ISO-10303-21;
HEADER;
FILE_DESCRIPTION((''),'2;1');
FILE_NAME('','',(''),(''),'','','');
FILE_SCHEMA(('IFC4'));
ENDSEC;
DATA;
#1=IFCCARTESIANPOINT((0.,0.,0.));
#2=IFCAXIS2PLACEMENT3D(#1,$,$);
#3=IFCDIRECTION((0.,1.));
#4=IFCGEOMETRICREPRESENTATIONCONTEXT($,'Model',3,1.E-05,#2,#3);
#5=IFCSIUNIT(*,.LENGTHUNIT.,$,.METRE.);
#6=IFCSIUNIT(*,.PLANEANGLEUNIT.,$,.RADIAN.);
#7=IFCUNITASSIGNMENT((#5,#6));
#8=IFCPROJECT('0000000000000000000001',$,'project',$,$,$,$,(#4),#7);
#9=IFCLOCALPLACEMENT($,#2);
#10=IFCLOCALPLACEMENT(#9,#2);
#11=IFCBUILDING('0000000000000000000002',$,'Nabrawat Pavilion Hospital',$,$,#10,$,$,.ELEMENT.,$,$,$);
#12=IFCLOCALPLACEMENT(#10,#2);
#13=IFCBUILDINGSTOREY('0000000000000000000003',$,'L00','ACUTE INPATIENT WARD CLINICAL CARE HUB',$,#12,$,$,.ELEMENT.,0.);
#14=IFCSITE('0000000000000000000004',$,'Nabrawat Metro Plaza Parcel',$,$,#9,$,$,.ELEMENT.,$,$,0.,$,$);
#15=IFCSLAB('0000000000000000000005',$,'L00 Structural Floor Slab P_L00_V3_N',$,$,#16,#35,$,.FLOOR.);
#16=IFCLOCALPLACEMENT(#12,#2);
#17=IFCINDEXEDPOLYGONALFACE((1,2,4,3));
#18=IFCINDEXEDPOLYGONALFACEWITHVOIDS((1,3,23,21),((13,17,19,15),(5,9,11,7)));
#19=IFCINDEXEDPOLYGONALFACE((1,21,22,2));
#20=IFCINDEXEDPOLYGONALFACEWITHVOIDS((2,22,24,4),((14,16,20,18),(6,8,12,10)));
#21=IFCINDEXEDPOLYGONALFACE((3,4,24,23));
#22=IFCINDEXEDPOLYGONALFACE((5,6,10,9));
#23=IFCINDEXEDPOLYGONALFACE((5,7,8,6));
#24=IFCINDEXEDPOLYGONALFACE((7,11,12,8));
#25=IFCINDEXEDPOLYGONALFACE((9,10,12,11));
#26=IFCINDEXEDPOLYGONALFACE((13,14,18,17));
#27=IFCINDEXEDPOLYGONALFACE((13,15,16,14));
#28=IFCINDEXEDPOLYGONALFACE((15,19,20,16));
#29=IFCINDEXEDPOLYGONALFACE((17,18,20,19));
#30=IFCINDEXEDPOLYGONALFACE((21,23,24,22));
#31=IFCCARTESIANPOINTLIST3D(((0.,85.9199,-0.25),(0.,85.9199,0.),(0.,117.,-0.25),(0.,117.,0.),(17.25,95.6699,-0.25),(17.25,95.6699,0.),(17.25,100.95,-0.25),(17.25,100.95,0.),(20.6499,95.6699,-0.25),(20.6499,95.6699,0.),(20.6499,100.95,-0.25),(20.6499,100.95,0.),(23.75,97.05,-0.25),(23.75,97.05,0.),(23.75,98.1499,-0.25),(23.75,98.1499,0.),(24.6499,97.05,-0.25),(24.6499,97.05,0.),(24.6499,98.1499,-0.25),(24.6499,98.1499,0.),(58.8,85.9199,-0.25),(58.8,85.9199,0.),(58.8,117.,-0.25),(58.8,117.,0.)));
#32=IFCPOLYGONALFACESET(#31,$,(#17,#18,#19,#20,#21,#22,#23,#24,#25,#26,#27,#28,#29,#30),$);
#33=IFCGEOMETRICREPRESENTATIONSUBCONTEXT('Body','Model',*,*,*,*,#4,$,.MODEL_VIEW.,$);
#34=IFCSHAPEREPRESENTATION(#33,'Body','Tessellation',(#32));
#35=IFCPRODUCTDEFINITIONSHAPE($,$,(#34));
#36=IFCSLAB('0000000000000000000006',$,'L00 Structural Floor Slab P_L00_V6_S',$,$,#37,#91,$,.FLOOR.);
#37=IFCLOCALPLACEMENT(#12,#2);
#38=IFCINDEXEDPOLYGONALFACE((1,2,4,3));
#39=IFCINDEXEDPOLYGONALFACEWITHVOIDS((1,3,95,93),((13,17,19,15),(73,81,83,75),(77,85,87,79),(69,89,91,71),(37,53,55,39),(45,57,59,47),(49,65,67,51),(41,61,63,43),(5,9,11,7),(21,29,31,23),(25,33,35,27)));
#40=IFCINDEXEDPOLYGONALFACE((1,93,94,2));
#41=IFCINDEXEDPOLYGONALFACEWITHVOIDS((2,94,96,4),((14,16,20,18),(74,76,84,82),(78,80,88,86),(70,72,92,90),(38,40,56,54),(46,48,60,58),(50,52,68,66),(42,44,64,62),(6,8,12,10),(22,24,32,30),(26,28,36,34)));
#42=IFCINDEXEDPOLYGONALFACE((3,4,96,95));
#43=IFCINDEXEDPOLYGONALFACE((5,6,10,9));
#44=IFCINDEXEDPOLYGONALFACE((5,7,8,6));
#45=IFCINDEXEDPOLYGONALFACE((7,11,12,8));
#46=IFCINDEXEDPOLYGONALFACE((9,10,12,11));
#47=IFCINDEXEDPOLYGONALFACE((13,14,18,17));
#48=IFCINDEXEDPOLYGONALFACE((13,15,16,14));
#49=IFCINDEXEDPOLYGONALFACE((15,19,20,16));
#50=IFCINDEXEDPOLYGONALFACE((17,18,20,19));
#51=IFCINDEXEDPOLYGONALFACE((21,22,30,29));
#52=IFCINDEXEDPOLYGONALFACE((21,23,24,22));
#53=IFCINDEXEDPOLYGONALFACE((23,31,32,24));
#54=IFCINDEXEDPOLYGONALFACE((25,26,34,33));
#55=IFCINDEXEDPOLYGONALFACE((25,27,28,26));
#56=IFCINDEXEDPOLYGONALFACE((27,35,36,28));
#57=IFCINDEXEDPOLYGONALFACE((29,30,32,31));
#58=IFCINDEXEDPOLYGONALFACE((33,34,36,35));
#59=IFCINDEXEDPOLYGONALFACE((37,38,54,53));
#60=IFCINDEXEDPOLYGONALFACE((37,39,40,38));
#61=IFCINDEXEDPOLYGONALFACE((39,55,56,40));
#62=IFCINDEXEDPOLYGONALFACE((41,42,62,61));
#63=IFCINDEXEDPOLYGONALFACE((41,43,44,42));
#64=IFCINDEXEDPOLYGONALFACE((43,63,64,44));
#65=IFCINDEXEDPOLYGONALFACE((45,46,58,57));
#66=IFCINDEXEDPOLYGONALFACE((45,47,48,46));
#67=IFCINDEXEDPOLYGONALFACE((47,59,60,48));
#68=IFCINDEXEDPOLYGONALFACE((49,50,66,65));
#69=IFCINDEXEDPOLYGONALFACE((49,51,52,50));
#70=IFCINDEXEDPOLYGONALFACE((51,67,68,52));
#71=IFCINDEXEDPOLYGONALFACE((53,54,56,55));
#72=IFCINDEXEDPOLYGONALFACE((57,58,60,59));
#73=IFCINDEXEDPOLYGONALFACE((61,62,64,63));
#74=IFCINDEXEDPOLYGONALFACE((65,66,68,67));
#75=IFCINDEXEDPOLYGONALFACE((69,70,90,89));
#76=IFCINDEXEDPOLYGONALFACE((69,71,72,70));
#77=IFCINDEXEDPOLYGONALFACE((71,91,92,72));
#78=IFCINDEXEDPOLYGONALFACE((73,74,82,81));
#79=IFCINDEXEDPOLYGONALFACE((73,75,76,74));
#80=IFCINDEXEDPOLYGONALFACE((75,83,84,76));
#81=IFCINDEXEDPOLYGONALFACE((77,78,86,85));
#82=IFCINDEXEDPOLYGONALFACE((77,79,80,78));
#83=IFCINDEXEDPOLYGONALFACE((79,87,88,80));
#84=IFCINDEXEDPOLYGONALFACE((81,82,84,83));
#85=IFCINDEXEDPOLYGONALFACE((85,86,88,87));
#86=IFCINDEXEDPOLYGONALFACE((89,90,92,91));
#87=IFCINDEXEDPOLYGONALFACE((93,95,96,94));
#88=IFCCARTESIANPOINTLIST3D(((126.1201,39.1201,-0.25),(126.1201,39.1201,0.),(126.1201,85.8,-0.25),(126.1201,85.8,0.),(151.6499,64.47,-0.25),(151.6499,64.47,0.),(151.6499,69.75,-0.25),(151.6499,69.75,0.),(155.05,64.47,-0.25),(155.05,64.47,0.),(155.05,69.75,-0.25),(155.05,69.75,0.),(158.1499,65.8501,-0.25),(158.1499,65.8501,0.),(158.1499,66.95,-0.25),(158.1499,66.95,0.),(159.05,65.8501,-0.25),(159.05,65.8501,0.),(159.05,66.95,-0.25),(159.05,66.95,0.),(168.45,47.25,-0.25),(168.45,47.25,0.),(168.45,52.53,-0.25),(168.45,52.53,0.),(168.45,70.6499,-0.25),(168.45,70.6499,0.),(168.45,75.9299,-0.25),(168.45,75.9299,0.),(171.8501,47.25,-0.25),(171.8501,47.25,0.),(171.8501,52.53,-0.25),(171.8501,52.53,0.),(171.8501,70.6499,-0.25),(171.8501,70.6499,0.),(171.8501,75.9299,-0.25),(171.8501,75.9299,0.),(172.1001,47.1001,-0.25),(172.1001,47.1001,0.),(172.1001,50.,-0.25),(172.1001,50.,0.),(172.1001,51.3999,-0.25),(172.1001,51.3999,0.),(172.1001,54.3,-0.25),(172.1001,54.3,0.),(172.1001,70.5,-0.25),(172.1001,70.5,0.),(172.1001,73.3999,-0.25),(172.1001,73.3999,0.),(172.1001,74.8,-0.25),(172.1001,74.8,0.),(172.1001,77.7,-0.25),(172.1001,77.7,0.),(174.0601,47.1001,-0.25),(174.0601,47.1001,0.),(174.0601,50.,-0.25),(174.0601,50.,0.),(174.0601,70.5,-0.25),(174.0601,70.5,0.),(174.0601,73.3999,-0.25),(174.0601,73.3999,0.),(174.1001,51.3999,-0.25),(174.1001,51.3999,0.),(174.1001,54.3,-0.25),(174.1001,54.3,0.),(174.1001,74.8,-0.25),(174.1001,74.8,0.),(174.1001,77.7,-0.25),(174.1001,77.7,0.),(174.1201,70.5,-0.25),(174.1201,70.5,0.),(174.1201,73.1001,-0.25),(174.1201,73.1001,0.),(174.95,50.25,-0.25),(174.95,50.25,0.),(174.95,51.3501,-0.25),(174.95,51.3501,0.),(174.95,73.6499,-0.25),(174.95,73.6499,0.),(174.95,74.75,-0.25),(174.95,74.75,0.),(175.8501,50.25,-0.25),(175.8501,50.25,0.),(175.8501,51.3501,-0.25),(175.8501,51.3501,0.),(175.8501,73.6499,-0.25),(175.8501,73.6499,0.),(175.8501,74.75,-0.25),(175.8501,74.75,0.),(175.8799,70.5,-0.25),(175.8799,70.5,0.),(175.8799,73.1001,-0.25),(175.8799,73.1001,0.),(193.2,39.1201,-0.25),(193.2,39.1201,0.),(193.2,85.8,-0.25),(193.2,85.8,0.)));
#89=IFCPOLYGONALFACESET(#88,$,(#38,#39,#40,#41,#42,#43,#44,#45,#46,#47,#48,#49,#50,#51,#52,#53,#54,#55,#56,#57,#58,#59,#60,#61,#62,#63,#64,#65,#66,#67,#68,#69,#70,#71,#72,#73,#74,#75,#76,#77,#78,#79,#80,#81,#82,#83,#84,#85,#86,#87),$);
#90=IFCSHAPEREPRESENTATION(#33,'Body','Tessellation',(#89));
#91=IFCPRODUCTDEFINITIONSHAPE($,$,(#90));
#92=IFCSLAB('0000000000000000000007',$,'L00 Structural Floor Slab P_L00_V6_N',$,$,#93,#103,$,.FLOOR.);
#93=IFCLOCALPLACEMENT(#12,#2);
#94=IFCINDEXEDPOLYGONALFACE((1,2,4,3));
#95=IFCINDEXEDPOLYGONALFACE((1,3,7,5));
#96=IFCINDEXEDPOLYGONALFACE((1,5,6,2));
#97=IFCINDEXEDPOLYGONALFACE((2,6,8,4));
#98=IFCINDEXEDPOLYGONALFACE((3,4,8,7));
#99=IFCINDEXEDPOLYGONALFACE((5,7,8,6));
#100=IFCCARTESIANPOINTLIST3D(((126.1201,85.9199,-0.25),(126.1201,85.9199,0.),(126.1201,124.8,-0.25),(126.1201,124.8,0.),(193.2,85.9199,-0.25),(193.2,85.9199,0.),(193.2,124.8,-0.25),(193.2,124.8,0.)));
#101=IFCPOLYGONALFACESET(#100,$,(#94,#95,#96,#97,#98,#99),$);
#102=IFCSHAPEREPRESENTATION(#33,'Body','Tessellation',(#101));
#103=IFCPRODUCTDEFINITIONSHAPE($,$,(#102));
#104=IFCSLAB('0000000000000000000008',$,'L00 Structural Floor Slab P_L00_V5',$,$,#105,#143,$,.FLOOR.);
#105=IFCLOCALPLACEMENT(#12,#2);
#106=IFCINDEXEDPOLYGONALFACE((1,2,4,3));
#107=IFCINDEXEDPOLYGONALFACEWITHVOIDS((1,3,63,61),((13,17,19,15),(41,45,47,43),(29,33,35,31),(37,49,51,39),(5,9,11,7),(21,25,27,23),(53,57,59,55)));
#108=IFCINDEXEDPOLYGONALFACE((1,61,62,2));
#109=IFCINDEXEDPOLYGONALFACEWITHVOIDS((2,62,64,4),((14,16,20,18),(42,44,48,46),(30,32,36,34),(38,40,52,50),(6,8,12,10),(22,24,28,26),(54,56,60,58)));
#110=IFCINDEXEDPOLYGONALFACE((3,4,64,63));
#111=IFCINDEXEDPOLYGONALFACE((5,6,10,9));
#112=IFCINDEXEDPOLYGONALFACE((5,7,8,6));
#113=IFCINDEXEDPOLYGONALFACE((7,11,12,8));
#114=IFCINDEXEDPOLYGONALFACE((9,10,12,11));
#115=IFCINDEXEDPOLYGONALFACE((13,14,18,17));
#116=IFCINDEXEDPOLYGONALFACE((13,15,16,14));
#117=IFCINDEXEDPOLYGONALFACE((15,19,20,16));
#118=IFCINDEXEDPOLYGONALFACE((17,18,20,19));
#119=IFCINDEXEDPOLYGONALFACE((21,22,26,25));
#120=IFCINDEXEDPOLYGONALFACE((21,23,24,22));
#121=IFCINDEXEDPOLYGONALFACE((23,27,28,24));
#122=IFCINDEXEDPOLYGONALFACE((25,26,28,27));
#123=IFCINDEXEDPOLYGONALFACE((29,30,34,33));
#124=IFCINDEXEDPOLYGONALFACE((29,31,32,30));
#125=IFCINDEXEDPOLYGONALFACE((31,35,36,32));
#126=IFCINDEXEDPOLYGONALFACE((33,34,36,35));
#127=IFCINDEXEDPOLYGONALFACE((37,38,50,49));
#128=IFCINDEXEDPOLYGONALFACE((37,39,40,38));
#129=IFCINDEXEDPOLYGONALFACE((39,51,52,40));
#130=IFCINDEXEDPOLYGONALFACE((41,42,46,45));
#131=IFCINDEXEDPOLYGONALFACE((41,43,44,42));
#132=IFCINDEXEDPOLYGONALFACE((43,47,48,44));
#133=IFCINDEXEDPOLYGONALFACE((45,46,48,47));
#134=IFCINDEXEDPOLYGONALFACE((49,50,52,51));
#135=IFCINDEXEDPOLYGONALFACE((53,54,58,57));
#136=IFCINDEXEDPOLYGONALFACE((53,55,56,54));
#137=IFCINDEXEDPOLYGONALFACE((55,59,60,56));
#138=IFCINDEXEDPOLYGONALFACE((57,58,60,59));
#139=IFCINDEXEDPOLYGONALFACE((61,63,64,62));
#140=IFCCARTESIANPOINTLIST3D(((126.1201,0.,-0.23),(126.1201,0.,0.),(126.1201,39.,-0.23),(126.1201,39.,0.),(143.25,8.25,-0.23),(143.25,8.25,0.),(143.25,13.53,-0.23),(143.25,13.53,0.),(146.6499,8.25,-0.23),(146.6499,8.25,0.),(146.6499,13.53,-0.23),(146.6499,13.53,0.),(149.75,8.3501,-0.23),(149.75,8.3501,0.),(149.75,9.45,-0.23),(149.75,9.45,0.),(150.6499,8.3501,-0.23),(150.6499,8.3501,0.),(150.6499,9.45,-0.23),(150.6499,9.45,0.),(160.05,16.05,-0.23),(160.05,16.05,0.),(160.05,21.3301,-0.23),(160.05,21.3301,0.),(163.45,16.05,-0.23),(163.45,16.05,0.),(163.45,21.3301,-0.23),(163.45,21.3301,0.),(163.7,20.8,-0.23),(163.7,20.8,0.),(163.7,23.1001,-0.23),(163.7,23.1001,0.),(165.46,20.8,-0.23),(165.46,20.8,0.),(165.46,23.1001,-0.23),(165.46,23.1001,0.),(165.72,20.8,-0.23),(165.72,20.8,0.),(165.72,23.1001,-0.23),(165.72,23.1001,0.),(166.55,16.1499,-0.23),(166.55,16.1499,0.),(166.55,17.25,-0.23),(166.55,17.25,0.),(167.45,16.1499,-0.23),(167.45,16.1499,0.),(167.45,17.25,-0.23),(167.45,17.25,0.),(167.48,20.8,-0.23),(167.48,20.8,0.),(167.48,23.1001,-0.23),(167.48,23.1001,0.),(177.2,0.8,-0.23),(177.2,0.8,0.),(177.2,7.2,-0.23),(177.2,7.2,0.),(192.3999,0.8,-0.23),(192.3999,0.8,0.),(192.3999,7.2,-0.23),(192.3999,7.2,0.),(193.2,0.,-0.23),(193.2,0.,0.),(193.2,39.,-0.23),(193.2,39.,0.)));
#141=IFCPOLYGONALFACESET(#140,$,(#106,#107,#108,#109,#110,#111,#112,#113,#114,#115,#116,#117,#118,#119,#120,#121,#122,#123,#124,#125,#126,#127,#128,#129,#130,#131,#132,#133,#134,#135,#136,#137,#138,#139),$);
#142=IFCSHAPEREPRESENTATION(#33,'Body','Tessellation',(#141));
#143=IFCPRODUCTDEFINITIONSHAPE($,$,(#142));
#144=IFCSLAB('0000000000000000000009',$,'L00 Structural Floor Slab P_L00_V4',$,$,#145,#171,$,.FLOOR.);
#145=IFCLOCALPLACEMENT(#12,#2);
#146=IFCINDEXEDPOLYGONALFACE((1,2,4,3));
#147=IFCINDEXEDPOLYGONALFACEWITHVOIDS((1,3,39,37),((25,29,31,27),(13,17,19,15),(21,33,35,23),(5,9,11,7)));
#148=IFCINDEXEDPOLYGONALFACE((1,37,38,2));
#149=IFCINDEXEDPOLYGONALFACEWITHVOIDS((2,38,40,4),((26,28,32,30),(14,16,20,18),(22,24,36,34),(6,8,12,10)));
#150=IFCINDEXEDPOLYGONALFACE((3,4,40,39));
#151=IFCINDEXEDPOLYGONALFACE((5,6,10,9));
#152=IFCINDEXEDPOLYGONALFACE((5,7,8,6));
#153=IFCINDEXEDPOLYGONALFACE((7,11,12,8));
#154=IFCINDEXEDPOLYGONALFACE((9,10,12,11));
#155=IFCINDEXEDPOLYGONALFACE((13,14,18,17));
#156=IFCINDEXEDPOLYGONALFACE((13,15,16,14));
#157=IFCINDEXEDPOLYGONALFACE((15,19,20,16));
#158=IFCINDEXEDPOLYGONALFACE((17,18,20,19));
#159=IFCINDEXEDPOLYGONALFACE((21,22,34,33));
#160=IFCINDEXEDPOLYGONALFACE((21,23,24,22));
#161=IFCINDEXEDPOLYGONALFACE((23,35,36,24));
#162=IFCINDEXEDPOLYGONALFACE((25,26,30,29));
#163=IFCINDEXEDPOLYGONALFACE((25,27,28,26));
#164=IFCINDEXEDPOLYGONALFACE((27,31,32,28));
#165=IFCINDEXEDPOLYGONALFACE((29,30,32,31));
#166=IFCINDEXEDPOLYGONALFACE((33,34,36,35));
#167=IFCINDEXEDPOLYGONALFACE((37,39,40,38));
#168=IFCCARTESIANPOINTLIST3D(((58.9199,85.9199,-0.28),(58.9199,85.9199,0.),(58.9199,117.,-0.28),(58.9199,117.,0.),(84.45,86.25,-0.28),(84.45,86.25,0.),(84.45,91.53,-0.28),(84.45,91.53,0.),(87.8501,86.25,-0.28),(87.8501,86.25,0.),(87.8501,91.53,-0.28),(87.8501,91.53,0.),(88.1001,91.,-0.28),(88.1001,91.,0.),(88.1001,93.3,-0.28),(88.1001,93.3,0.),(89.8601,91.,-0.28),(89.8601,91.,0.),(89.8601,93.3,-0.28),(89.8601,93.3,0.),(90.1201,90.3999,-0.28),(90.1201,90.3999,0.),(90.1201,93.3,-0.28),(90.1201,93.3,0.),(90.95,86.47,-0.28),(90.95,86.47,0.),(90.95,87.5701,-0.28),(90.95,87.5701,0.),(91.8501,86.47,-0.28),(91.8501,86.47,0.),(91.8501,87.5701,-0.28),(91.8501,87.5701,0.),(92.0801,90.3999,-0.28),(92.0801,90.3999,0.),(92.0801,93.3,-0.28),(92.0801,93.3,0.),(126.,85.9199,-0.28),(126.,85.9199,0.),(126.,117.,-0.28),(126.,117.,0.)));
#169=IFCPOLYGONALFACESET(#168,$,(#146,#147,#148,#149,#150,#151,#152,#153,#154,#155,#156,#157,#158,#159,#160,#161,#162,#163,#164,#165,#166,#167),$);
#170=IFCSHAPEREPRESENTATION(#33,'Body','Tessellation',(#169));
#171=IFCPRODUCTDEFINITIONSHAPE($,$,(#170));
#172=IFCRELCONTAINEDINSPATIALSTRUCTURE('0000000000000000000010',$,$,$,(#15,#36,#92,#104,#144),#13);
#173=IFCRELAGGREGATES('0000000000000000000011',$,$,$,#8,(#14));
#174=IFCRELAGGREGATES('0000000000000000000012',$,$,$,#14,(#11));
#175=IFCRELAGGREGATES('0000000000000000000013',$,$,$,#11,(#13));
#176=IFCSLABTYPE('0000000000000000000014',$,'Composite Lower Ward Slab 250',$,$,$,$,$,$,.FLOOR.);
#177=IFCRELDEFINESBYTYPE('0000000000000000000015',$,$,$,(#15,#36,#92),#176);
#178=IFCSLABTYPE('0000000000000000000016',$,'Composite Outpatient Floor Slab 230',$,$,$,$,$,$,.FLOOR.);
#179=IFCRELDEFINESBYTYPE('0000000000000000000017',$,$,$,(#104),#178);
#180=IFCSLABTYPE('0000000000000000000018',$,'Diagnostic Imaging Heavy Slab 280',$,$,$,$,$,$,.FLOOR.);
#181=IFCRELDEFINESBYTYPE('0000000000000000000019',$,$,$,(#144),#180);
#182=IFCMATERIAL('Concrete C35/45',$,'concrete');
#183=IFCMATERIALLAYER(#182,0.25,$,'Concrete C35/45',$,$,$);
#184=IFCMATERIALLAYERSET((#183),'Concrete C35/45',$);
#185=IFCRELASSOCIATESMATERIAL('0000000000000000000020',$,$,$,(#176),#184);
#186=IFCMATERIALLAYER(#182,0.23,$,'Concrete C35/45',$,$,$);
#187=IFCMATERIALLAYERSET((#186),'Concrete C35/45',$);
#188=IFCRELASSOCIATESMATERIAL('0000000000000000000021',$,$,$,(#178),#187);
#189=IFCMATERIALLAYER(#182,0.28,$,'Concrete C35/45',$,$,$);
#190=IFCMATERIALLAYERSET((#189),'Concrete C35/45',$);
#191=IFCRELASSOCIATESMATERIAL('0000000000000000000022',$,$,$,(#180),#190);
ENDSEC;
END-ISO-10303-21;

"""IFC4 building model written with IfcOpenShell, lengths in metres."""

from ifc_helpers import new_model, si_unit, direction, frame, origin, place, context, subcontext, project, spatial, polyline, outline, extrude, material, layer, layer_set, type_object, element, save


model = new_model("IFC4")

# Units and contexts
model_context = context("Model", 3, precision=1e-05, world=origin(), true_north=direction((0.0, 1.0)))
body_context = subcontext(model_context, "Body", "Model", "MODEL_VIEW")
ifc_project = project(units=[si_unit("LENGTHUNIT", "METRE"), si_unit("PLANEANGLEUNIT", "RADIAN")], contexts=[model_context])

# Site, building, storey
site_placement = place(None, origin())
site = spatial("IfcSite", under=ifc_project, at=site_placement, Name="Nabrawat Metro Plaza Parcel", CompositionType="ELEMENT", RefElevation=0.0)
building_placement = place(site_placement, origin())
building = spatial("IfcBuilding", under=site, at=building_placement, Name="Nabrawat Pavilion Hospital", CompositionType="ELEMENT")
storey_placement = place(building_placement, origin())
storey = spatial("IfcBuildingStorey", under=building, at=storey_placement, Name="L00", Description="ACUTE INPATIENT WARD CLINICAL CARE HUB", CompositionType="ELEMENT", Elevation=0.0)

# Shared definitions
ifc_material_1 = material(Name="Concrete C35/45", Category="concrete")

# Slabs
ifc_layer_1 = layer(ifc_material_1, 0.25, Name="Concrete C35/45")
ifc_layer_set_1 = layer_set([ifc_layer_1], Name="Concrete C35/45")
slab_type_1 = type_object("IfcSlabType", Name="Composite Lower Ward Slab 250", PredefinedType="FLOOR", material=ifc_layer_set_1)
slab_1_placement = place(storey_placement, frame((0.0, 0.0, -0.25)))
element("IfcSlab", 1, at=slab_1_placement, inside=storey, type_object=slab_type_1, Name="L00 Structural Floor Slab P_L00_V3_N", PredefinedType="FLOOR", context=body_context, shape_type="SweptSolid", body=[
    extrude(outline(polyline([(0.0, 85.9199), (58.8, 85.9199), (58.8, 117.0), (0.0, 117.0), (0.0, 85.9199)]), holes=[polyline([(24.6499, 98.1499), (24.6499, 97.05), (23.75, 97.05), (23.75, 98.1499), (24.6499, 98.1499)]), polyline([(17.25, 100.95), (20.6499, 100.95), (20.6499, 95.6699), (17.25, 95.6699), (17.25, 100.95)])]), origin(), (0.0, 0.0, 1.0), 0.25),
])
slab_2_placement = place(storey_placement, frame((0.0, 0.0, -0.25)))
element("IfcSlab", 2, at=slab_2_placement, inside=storey, type_object=slab_type_1, Name="L00 Structural Floor Slab P_L00_V6_S", PredefinedType="FLOOR", context=body_context, shape_type="SweptSolid", body=[
    extrude(outline(polyline([(126.1201, 39.1201), (193.2, 39.1201), (193.2, 85.8), (126.1201, 85.8), (126.1201, 39.1201)]), holes=[polyline([(175.8799, 73.1001), (175.8799, 70.5), (174.1201, 70.5), (174.1201, 73.1001), (175.8799, 73.1001)]), polyline([(174.95, 50.25), (174.95, 51.3501), (175.8501, 51.3501), (175.8501, 50.25), (174.95, 50.25)]), polyline([(174.95, 73.6499), (174.95, 74.75), (175.8501, 74.75), (175.8501, 73.6499), (174.95, 73.6499)]), polyline([(172.1001, 51.3999), (172.1001, 54.3), (174.1001, 54.3), (174.1001, 51.3999), (172.1001, 51.3999)]), polyline([(172.1001, 74.8), (172.1001, 77.7), (174.1001, 77.7), (174.1001, 74.8), (172.1001, 74.8)]), polyline([(174.0601, 50.0), (174.0601, 47.1001), (172.1001, 47.1001), (172.1001, 50.0), (174.0601, 50.0)]), polyline([(172.1001, 70.5), (172.1001, 73.3999), (174.0601, 73.3999), (174.0601, 70.5), (172.1001, 70.5)]), polyline([(171.8501, 47.25), (168.45, 47.25), (168.45, 52.53), (171.8501, 52.53), (171.8501, 47.25)]), polyline([(171.8501, 70.6499), (168.45, 70.6499), (168.45, 75.9299), (171.8501, 75.9299), (171.8501, 70.6499)]), polyline([(159.05, 66.95), (159.05, 65.8501), (158.1499, 65.8501), (158.1499, 66.95), (159.05, 66.95)]), polyline([(155.05, 64.47), (151.6499, 64.47), (151.6499, 69.75), (155.05, 69.75), (155.05, 64.47)])]), origin(), (0.0, 0.0, 1.0), 0.25),
])
slab_3_placement = place(storey_placement, frame((0.0, 0.0, -0.25)))
element("IfcSlab", 3, at=slab_3_placement, inside=storey, type_object=slab_type_1, Name="L00 Structural Floor Slab P_L00_V6_N", PredefinedType="FLOOR", context=body_context, shape_type="SweptSolid", body=[
    extrude(outline(polyline([(193.2, 85.9199), (193.2, 124.8), (126.1201, 124.8), (126.1201, 85.9199), (193.2, 85.9199)])), origin(), (0.0, 0.0, 1.0), 0.25),
])
ifc_layer_2 = layer(ifc_material_1, 0.23, Name="Concrete C35/45")
ifc_layer_set_2 = layer_set([ifc_layer_2], Name="Concrete C35/45")
slab_type_2 = type_object("IfcSlabType", Name="Composite Outpatient Floor Slab 230", PredefinedType="FLOOR", material=ifc_layer_set_2)
slab_4_placement = place(storey_placement, frame((0.0, 0.0, -0.23)))
element("IfcSlab", 4, at=slab_4_placement, inside=storey, type_object=slab_type_2, Name="L00 Structural Floor Slab P_L00_V5", PredefinedType="FLOOR", context=body_context, shape_type="SweptSolid", body=[
    extrude(outline(polyline([(126.1201, 0.0), (193.2, 0.0), (193.2, 39.0), (126.1201, 39.0), (126.1201, 0.0)]), holes=[polyline([(177.2, 0.8), (177.2, 7.2), (192.3999, 7.2), (192.3999, 0.8), (177.2, 0.8)]), polyline([(167.48, 23.1001), (167.48, 20.8), (165.72, 20.8), (165.72, 23.1001), (167.48, 23.1001)]), polyline([(167.45, 17.25), (167.45, 16.1499), (166.55, 16.1499), (166.55, 17.25), (167.45, 17.25)]), polyline([(165.46, 23.1001), (165.46, 20.8), (163.7, 20.8), (163.7, 23.1001), (165.46, 23.1001)]), polyline([(163.45, 16.05), (160.05, 16.05), (160.05, 21.3301), (163.45, 21.3301), (163.45, 16.05)]), polyline([(150.6499, 9.45), (150.6499, 8.3501), (149.75, 8.3501), (149.75, 9.45), (150.6499, 9.45)]), polyline([(146.6499, 8.25), (143.25, 8.25), (143.25, 13.53), (146.6499, 13.53), (146.6499, 8.25)])]), origin(), (0.0, 0.0, 1.0), 0.23),
])
ifc_layer_3 = layer(ifc_material_1, 0.28, Name="Concrete C35/45")
ifc_layer_set_3 = layer_set([ifc_layer_3], Name="Concrete C35/45")
slab_type_3 = type_object("IfcSlabType", Name="Diagnostic Imaging Heavy Slab 280", PredefinedType="FLOOR", material=ifc_layer_set_3)
slab_5_placement = place(storey_placement, frame((0.0, 0.0, -0.28)))
element("IfcSlab", 5, at=slab_5_placement, inside=storey, type_object=slab_type_3, Name="L00 Structural Floor Slab P_L00_V4", PredefinedType="FLOOR", context=body_context, shape_type="SweptSolid", body=[
    extrude(outline(polyline([(58.9199, 85.9199), (126.0, 85.9199), (126.0, 117.0), (58.9199, 117.0), (58.9199, 85.9199)]), holes=[polyline([(90.1201, 90.3999), (90.1201, 93.3), (92.0801, 93.3), (92.0801, 90.3999), (90.1201, 90.3999)]), polyline([(90.95, 86.47), (90.95, 87.5701), (91.8501, 87.5701), (91.8501, 86.47), (90.95, 86.47)]), polyline([(88.1001, 91.0), (88.1001, 93.3), (89.8601, 93.3), (89.8601, 91.0), (88.1001, 91.0)]), polyline([(84.45, 91.53), (87.8501, 91.53), (87.8501, 86.25), (84.45, 86.25), (84.45, 91.53)])]), origin(), (0.0, 0.0, 1.0), 0.28),
])

save(model, "model.ifc")
